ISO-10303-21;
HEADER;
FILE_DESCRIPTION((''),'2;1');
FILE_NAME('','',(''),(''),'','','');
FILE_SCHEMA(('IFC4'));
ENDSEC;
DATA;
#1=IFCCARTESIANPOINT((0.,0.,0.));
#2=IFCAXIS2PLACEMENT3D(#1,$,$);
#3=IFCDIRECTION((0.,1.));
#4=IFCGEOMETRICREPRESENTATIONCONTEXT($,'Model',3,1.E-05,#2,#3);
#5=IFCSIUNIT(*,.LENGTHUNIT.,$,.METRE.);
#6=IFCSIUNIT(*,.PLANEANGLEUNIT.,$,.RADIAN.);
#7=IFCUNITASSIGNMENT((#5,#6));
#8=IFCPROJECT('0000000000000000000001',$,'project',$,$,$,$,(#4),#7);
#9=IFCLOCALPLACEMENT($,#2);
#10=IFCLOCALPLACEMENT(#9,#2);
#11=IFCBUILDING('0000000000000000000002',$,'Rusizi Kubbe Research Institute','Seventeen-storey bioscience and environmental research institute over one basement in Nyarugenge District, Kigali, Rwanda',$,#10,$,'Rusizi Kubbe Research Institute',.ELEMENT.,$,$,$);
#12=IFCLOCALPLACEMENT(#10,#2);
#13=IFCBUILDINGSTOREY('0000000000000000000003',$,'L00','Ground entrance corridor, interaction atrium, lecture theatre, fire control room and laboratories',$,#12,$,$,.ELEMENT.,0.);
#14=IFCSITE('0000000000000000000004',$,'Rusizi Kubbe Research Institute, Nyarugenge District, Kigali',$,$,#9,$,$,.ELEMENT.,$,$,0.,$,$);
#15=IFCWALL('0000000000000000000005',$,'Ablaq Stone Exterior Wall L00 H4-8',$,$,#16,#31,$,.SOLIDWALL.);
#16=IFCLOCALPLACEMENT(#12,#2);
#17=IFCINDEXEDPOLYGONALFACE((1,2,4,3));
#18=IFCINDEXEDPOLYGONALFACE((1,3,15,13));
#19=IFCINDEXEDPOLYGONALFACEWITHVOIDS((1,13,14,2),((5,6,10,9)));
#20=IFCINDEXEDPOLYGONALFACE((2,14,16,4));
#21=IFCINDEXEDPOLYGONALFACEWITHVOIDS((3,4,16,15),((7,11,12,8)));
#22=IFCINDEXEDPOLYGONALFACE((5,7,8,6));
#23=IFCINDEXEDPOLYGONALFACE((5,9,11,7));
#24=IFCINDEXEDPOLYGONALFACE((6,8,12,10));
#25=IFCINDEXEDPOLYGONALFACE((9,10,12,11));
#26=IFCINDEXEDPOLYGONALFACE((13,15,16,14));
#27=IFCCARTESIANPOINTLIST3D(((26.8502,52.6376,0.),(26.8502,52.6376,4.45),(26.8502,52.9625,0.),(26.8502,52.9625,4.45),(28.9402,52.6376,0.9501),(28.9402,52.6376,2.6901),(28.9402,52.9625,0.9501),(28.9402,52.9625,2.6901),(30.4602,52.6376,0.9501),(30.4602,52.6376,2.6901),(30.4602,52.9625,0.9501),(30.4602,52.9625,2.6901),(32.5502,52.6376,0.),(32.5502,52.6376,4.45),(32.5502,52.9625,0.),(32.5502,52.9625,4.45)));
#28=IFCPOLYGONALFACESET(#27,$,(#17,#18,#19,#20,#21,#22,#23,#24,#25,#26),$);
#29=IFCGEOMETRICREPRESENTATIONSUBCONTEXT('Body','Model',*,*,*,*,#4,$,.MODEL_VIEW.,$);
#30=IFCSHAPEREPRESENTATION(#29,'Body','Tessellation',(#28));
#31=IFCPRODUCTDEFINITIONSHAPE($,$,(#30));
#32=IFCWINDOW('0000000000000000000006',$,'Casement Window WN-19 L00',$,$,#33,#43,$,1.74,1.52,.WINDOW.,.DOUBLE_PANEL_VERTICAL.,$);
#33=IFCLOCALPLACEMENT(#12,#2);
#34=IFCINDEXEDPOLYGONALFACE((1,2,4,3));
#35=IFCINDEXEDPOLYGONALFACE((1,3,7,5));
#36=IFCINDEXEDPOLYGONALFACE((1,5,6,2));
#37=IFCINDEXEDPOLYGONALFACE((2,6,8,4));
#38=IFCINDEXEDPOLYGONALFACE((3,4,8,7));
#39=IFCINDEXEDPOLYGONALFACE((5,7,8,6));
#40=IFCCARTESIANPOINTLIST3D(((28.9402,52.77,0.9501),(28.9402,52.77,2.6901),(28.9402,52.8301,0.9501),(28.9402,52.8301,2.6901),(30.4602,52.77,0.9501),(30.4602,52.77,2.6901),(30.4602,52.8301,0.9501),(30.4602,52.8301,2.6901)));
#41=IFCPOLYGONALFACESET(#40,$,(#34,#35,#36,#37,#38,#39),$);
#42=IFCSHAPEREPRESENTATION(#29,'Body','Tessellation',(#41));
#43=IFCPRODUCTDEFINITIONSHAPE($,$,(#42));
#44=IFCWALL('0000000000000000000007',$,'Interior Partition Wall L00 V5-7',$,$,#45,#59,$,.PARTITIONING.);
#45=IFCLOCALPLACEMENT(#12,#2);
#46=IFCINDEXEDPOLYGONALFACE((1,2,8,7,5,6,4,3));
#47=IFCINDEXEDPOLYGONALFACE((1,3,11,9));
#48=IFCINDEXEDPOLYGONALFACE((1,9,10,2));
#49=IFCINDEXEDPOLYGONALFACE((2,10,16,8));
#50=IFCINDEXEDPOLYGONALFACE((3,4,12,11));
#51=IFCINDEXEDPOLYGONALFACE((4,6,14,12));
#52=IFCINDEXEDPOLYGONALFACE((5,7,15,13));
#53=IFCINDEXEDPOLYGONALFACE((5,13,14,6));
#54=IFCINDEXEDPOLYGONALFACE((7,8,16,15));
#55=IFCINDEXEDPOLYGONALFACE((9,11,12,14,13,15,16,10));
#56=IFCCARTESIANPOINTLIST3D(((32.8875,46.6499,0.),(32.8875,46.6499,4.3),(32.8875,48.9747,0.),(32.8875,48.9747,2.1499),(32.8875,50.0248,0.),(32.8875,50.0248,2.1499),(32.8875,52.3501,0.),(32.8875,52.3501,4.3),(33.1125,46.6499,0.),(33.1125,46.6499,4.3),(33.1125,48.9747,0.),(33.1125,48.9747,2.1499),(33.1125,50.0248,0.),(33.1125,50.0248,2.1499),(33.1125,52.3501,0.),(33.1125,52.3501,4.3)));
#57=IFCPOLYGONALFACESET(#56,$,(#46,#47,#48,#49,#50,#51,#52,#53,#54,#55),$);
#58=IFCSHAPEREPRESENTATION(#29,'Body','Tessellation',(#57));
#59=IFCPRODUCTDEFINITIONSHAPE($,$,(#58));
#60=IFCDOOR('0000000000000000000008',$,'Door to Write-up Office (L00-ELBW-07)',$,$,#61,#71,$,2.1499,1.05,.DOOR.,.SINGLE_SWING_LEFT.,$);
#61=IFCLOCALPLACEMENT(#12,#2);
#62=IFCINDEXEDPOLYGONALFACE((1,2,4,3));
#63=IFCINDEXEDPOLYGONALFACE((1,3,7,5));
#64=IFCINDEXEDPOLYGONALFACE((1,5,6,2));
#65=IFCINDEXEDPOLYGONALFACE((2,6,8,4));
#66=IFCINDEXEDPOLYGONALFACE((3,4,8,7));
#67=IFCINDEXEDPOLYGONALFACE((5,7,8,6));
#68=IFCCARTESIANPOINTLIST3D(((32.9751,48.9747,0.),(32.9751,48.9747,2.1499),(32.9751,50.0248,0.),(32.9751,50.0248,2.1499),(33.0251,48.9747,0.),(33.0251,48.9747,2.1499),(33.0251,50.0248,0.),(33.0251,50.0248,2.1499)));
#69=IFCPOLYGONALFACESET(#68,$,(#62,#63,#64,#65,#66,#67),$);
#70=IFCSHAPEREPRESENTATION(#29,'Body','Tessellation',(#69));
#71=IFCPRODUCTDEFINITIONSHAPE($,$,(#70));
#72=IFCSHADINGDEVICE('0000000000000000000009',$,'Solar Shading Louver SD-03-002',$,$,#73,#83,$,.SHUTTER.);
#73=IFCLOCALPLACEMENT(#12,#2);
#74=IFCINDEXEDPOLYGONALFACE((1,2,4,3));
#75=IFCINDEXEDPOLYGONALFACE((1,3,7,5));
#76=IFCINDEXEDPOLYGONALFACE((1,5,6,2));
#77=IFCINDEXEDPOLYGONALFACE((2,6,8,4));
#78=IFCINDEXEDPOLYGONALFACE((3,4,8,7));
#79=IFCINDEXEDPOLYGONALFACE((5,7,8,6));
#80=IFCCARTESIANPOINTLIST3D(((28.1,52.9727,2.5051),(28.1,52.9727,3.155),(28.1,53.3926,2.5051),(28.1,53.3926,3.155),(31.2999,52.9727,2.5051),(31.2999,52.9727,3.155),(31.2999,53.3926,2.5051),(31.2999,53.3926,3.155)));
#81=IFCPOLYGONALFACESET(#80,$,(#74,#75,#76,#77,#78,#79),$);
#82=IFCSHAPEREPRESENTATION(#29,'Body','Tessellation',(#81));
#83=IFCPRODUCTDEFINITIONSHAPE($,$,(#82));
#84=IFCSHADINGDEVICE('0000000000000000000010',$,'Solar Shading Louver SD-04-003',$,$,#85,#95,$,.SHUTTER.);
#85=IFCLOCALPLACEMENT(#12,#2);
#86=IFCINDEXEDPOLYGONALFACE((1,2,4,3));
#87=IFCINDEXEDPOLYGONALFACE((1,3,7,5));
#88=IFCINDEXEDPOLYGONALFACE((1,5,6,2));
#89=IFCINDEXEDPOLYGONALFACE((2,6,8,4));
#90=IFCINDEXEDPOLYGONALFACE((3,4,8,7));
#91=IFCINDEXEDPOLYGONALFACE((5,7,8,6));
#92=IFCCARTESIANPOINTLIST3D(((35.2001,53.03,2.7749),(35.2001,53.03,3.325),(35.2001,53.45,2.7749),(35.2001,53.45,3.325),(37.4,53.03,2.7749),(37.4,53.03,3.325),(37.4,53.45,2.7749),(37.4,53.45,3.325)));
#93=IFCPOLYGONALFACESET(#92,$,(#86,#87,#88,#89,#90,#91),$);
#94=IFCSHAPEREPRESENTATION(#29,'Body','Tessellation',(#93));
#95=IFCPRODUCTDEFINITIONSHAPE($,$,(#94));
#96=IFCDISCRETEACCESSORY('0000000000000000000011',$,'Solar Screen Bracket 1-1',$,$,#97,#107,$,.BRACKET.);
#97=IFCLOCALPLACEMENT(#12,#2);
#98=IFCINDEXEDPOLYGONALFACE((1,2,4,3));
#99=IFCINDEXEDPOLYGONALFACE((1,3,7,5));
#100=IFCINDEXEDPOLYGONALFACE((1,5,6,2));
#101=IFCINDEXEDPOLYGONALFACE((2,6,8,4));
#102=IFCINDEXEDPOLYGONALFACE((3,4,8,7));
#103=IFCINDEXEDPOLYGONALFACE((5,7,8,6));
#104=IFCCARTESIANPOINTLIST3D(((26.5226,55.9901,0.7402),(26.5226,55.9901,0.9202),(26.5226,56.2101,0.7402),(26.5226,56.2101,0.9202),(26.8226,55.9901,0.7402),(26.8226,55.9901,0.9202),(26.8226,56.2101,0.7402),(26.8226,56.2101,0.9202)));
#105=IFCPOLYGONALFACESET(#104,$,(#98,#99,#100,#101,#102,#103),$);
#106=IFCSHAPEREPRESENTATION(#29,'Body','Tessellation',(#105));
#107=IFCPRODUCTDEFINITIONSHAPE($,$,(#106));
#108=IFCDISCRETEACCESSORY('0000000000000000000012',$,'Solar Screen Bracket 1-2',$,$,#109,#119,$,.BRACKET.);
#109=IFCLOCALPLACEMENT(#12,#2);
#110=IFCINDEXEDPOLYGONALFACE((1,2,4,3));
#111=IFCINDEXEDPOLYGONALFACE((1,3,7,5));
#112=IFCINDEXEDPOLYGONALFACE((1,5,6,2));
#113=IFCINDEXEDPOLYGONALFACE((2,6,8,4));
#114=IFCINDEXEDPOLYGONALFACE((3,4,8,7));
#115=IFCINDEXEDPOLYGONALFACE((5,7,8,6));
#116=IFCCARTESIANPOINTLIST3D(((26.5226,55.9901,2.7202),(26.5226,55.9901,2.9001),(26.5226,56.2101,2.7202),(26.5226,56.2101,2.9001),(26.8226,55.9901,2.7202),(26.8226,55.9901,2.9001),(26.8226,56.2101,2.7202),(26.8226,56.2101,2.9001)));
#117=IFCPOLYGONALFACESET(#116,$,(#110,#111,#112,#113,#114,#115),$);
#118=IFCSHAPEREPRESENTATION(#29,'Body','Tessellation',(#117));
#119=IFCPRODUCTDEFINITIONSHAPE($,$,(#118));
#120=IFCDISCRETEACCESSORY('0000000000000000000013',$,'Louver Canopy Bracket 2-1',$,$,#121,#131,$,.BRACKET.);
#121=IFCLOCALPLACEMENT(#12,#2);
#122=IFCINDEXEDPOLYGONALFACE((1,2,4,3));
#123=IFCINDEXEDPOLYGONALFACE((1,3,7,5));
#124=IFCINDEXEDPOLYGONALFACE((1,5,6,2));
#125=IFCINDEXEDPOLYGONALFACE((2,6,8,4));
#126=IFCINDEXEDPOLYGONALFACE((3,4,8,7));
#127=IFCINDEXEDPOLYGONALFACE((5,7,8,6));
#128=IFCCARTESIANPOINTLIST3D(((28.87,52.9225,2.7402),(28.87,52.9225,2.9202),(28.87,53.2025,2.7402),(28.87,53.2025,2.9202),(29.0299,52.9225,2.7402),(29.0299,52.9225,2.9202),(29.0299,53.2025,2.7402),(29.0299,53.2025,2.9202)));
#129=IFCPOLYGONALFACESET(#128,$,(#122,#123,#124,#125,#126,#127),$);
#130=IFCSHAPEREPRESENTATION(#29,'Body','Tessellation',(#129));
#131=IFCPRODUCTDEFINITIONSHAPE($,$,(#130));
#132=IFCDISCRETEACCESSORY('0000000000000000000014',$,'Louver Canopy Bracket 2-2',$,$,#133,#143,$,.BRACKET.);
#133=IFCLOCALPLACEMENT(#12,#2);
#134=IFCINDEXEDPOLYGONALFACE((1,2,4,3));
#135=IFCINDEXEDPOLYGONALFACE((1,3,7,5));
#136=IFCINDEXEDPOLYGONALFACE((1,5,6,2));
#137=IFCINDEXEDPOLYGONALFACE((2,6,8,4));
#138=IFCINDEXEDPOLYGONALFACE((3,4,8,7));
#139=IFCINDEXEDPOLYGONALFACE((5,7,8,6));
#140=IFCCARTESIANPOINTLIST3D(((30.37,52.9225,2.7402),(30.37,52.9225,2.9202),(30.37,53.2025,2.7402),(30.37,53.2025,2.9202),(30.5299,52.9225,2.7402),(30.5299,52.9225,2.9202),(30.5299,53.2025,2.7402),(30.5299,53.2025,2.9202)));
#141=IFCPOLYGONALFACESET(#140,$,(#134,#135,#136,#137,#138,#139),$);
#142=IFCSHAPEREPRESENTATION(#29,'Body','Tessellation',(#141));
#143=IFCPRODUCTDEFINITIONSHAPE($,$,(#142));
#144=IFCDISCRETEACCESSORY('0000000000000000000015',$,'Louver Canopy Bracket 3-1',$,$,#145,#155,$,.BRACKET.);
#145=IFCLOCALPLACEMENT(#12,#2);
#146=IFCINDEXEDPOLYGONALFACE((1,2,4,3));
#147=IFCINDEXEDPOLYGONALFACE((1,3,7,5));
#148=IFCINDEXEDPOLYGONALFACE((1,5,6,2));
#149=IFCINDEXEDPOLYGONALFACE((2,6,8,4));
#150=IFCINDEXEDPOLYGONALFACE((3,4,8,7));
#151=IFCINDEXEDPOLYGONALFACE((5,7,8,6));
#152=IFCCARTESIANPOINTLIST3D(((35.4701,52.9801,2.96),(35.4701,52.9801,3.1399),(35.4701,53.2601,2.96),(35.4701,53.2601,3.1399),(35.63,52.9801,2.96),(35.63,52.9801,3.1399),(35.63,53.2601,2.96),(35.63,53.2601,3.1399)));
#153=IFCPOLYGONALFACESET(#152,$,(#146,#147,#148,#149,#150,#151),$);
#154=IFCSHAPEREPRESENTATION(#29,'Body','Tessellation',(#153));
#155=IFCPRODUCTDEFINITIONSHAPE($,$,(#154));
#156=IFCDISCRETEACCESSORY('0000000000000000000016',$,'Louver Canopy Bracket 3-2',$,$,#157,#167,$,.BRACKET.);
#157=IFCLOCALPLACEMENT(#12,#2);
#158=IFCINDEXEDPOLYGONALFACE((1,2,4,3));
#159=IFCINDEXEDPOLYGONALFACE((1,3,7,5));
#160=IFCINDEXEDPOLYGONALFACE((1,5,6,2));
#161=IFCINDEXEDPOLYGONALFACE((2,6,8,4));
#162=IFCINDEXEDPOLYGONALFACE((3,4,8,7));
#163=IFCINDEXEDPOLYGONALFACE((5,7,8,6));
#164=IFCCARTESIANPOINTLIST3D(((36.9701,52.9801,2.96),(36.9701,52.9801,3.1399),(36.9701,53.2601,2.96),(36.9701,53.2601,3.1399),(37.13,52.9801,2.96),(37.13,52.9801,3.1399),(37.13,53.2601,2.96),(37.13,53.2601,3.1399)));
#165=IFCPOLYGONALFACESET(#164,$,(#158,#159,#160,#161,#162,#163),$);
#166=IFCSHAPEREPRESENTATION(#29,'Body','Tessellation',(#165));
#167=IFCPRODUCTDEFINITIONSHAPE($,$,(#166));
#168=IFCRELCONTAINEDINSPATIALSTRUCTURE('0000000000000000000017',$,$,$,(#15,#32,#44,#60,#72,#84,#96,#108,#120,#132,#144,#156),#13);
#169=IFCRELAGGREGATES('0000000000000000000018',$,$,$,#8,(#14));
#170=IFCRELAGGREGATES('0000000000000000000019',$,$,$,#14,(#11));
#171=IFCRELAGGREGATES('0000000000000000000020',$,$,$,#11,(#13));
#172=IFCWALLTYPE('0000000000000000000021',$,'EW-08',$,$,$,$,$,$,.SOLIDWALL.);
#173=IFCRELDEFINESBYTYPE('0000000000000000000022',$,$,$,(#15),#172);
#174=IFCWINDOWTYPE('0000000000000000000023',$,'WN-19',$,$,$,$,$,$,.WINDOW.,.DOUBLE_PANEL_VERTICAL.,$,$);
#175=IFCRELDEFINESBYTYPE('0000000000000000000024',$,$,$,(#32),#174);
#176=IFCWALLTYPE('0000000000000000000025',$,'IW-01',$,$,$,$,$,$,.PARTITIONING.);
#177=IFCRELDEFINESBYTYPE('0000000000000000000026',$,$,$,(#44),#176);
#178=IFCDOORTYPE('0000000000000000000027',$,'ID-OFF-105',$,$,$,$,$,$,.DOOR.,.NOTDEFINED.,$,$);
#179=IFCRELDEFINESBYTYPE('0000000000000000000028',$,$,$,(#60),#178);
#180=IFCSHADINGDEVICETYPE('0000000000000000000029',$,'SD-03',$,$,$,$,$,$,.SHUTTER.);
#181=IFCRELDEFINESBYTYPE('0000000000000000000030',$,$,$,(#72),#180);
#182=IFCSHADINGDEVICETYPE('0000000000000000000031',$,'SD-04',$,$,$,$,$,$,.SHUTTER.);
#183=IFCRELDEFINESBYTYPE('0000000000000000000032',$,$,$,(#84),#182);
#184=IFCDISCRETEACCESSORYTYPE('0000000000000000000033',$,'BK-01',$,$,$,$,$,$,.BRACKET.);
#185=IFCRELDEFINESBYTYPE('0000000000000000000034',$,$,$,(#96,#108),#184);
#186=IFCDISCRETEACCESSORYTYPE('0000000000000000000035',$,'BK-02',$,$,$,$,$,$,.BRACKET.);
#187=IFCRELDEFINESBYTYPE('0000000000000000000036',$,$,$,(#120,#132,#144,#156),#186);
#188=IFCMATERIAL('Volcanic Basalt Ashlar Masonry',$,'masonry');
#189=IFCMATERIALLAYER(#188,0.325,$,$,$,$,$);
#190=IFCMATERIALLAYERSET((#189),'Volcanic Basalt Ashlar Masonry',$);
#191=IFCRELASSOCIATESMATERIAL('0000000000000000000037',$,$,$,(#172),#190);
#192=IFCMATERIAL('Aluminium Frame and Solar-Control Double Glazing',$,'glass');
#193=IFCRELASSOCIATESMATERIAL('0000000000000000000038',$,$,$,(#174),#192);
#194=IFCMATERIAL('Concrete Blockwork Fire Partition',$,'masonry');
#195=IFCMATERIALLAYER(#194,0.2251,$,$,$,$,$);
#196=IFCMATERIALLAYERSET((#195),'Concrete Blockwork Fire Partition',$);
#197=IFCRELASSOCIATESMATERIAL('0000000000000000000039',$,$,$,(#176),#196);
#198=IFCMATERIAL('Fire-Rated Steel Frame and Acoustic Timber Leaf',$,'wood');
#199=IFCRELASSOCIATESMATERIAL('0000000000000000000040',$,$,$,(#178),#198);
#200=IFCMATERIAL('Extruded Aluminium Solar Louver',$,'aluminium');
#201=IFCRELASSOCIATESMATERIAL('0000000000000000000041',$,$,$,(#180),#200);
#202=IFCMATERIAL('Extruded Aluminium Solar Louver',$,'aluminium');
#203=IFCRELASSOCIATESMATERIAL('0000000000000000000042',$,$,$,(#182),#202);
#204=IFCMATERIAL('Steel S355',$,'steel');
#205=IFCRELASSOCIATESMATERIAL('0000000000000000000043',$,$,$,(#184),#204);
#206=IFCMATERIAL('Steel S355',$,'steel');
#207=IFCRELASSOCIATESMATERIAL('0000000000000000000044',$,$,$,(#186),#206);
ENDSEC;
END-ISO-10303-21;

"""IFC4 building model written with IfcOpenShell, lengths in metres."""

from ifc_helpers import new_model, si_unit, direction, frame, frame_2d, origin, origin_2d, place, context, subcontext, project, spatial, rectangle, extrude, material, layer, layer_set, type_object, element, fill, save


model = new_model("IFC4")

# Units and contexts
model_context = context("Model", 3, precision=1e-05, world=origin(), true_north=direction((0.0, 1.0)))
body_context = subcontext(model_context, "Body", "Model", "MODEL_VIEW")
ifc_project = project(units=[si_unit("LENGTHUNIT", "METRE"), si_unit("PLANEANGLEUNIT", "RADIAN")], contexts=[model_context])

# Site, building, storey
site_placement = place(None, origin())
site = spatial("IfcSite", under=ifc_project, at=site_placement, Name="Rusizi Kubbe Research Institute, Nyarugenge District, Kigali", CompositionType="ELEMENT", RefElevation=0.0)
building_placement = place(site_placement, origin())
building = spatial("IfcBuilding", under=site, at=building_placement, Name="Rusizi Kubbe Research Institute", Description="Seventeen-storey bioscience and environmental research institute over one basement in Nyarugenge District, Kigali, Rwanda", LongName="Rusizi Kubbe Research Institute", CompositionType="ELEMENT")
storey_placement = place(building_placement, origin())
storey = spatial("IfcBuildingStorey", under=building, at=storey_placement, Name="L00", Description="Ground entrance corridor, interaction atrium, lecture theatre, fire control room and laboratories", CompositionType="ELEMENT", Elevation=0.0)

# Shared definitions
ifc_material_1 = material(Name="Volcanic Basalt Ashlar Masonry", Category="masonry")
ifc_layer_1 = layer(ifc_material_1, 0.325)
ifc_layer_set_1 = layer_set([ifc_layer_1], Name="Volcanic Basalt Ashlar Masonry")
wall_type_1 = type_object("IfcWallType", Name="EW-08", PredefinedType="SOLIDWALL", material=ifc_layer_set_1)

# Wall, opening, window
wall_1_placement = place(storey_placement, frame((26.8501, 52.8, 0.0), z_axis=(0.0, 0.0, 1.0), x_axis=(1.0, 0.0, 0.0)))
wall_1 = element("IfcWall", 1, at=wall_1_placement, inside=storey, type_object=wall_type_1, Name="Ablaq Stone Exterior Wall L00 H4-8", PredefinedType="SOLIDWALL", context=body_context, shape_type="SweptSolid", body=[
    extrude(rectangle(XDim=5.7, YDim=0.325, at=frame_2d((2.8501, 0.0))), origin(), (0.0, 0.0, 1.0), 4.45),
])
opening_1_placement = place(wall_1_placement, frame((2.0901, 0.0, 0.95)))
opening_1 = element("IfcOpeningElement", 2, at=opening_1_placement, cuts=wall_1, PredefinedType="OPENING", context=body_context, shape_type="SweptSolid", body=[
    extrude(rectangle(XDim=1.52, YDim=1.74, at=frame_2d((0.76, 0.8701))), frame((0.0, 0.1724, 0.0), z_axis=(0.0, -1.0, 0.0), x_axis=(1.0, 0.0, 0.0)), (0.0, 0.0, 1.0), 0.345),
])
ifc_material_2 = material(Name="Aluminium Frame and Solar-Control Double Glazing", Category="glass")
window_type_1 = type_object("IfcWindowType", Name="WN-19", PartitioningType="DOUBLE_PANEL_VERTICAL", PredefinedType="WINDOW", material=ifc_material_2)
window_1_placement = place(opening_1_placement, origin())
window_1 = element("IfcWindow", 3, at=window_1_placement, inside=storey, type_object=window_type_1, Name="Casement Window WN-19 L00", OverallHeight=1.74, OverallWidth=1.52, PartitioningType="DOUBLE_PANEL_VERTICAL", PredefinedType="WINDOW", context=body_context, shape_type="SweptSolid", body=[
    extrude(rectangle(XDim=1.52, YDim=1.74, at=frame_2d((0.76, 0.8701))), frame((0.0, 0.03, 0.0), z_axis=(0.0, -1.0, 0.0), x_axis=(1.0, 0.0, 0.0)), (0.0, 0.0, 1.0), 0.0601),
])
fill(opening_1, window_1)

# Wall, opening, door
ifc_material_3 = material(Name="Concrete Blockwork Fire Partition", Category="masonry")
ifc_layer_2 = layer(ifc_material_3, 0.2251)
ifc_layer_set_2 = layer_set([ifc_layer_2], Name="Concrete Blockwork Fire Partition")
wall_type_2 = type_object("IfcWallType", Name="IW-01", PredefinedType="PARTITIONING", material=ifc_layer_set_2)
wall_2_placement = place(storey_placement, frame((33.0, 46.6499, 0.0), z_axis=(0.0, 0.0, 1.0), x_axis=(0.0, 1.0, 0.0)))
wall_2 = element("IfcWall", 4, at=wall_2_placement, inside=storey, type_object=wall_type_2, Name="Interior Partition Wall L00 V5-7", PredefinedType="PARTITIONING", context=body_context, shape_type="SweptSolid", body=[
    extrude(rectangle(XDim=5.7002, YDim=0.2251, at=frame_2d((2.8501, 0.0))), origin(), (0.0, 0.0, 1.0), 4.3),
])
opening_2_placement = place(wall_2_placement, frame((2.325, 0.0, 0.0)))
opening_2 = element("IfcOpeningElement", 5, at=opening_2_placement, cuts=wall_2, PredefinedType="OPENING", context=body_context, shape_type="SweptSolid", body=[
    extrude(rectangle(XDim=1.05, YDim=2.1499, at=frame_2d((0.5249, 1.075))), frame((0.0, 0.1226, 0.0), z_axis=(0.0, -1.0, 0.0), x_axis=(1.0, 0.0, 0.0)), (0.0, 0.0, 1.0), 0.2451),
])
ifc_material_4 = material(Name="Fire-Rated Steel Frame and Acoustic Timber Leaf", Category="wood")
door_type = type_object("IfcDoorType", Name="ID-OFF-105", OperationType="NOTDEFINED", PredefinedType="DOOR", material=ifc_material_4)
door_placement = place(opening_2_placement, origin())
door = element("IfcDoor", 6, at=door_placement, inside=storey, type_object=door_type, Name="Door to Write-up Office (L00-ELBW-07)", OperationType="SINGLE_SWING_LEFT", OverallHeight=2.1499, OverallWidth=1.05, PredefinedType="DOOR", context=body_context, shape_type="SweptSolid", body=[
    extrude(rectangle(XDim=1.05, YDim=2.1499, at=frame_2d((0.5249, 1.075))), frame((0.0, 0.0249, 0.0), z_axis=(0.0, -1.0, 0.0), x_axis=(1.0, 0.0, 0.0)), (0.0, 0.0, 1.0), 0.05),
])
fill(opening_2, door)

# Shading devices
ifc_material_5 = material(Name="Extruded Aluminium Solar Louver", Category="aluminium")
shading_device_type_1 = type_object("IfcShadingDeviceType", Name="SD-03", PredefinedType="SHUTTER", material=ifc_material_5)
shading_device_1_placement = place(storey_placement, frame((29.7, 53.1826, 2.5051), z_axis=(0.0, 0.0, 1.0), x_axis=(1.0, 0.0, 0.0)))
element("IfcShadingDevice", 7, at=shading_device_1_placement, inside=storey, type_object=shading_device_type_1, Name="Solar Shading Louver SD-03-002", PredefinedType="SHUTTER", context=body_context, shape_type="SweptSolid", body=[
    extrude(rectangle(XDim=3.2, YDim=0.4199, at=origin_2d()), origin(), (0.0, 0.0, 1.0), 0.6499),
])
ifc_material_6 = material(Name="Extruded Aluminium Solar Louver", Category="aluminium")
shading_device_type_2 = type_object("IfcShadingDeviceType", Name="SD-04", PredefinedType="SHUTTER", material=ifc_material_6)
shading_device_2_placement = place(storey_placement, frame((36.3, 53.24, 2.7749), z_axis=(0.0, 0.0, 1.0), x_axis=(1.0, 0.0, 0.0)))
element("IfcShadingDevice", 8, at=shading_device_2_placement, inside=storey, type_object=shading_device_type_2, Name="Solar Shading Louver SD-04-003", PredefinedType="SHUTTER", context=body_context, shape_type="SweptSolid", body=[
    extrude(rectangle(XDim=2.2, YDim=0.4199, at=origin_2d()), origin(), (0.0, 0.0, 1.0), 0.55),
])

# Discrete accessories
ifc_material_7 = material(Name="Steel S355", Category="steel")
discrete_accessory_type_1 = type_object("IfcDiscreteAccessoryType", Name="BK-01", PredefinedType="BRACKET", material=ifc_material_7)
for number, where, z_axis, x_axis, name in (
    (9, (26.6726, 56.1001, 0.7402), (0.0, 0.0, 1.0), (1.0, 0.0, 0.0), "Solar Screen Bracket 1-1"),
    (10, (26.6726, 56.1001, 2.7202), (0.0, 0.0, 1.0), (1.0, 0.0, 0.0), "Solar Screen Bracket 1-2"),
):
    element("IfcDiscreteAccessory", number, at=place(storey_placement, frame(where, z_axis=z_axis, x_axis=x_axis)), inside=storey, type_object=discrete_accessory_type_1, Name=name, PredefinedType="BRACKET", context=body_context, shape_type="SweptSolid", body=[
        extrude(rectangle(XDim=0.3, YDim=0.22, at=origin_2d()), origin(), (0.0, 0.0, 1.0), 0.1799),
    ])
ifc_material_8 = material(Name="Steel S355", Category="steel")
discrete_accessory_type_2 = type_object("IfcDiscreteAccessoryType", Name="BK-02", PredefinedType="BRACKET", material=ifc_material_8)
for number, where, z_axis, x_axis, name in (
    (11, (28.95, 53.0625, 2.7402), (0.0, 0.0, 1.0), (1.0, 0.0, 0.0), "Louver Canopy Bracket 2-1"),
    (12, (30.45, 53.0625, 2.7402), (0.0, 0.0, 1.0), (1.0, 0.0, 0.0), "Louver Canopy Bracket 2-2"),
    (13, (35.55, 53.1201, 2.96), (0.0, 0.0, 1.0), (1.0, 0.0, 0.0), "Louver Canopy Bracket 3-1"),
    (14, (37.05, 53.1201, 2.96), (0.0, 0.0, 1.0), (1.0, 0.0, 0.0), "Louver Canopy Bracket 3-2"),
):
    element("IfcDiscreteAccessory", number, at=place(storey_placement, frame(where, z_axis=z_axis, x_axis=x_axis)), inside=storey, type_object=discrete_accessory_type_2, Name=name, PredefinedType="BRACKET", context=body_context, shape_type="SweptSolid", body=[
        extrude(rectangle(XDim=0.1599, YDim=0.28, at=origin_2d()), origin(), (0.0, 0.0, 1.0), 0.1799),
    ])

save(model, "model.ifc")
